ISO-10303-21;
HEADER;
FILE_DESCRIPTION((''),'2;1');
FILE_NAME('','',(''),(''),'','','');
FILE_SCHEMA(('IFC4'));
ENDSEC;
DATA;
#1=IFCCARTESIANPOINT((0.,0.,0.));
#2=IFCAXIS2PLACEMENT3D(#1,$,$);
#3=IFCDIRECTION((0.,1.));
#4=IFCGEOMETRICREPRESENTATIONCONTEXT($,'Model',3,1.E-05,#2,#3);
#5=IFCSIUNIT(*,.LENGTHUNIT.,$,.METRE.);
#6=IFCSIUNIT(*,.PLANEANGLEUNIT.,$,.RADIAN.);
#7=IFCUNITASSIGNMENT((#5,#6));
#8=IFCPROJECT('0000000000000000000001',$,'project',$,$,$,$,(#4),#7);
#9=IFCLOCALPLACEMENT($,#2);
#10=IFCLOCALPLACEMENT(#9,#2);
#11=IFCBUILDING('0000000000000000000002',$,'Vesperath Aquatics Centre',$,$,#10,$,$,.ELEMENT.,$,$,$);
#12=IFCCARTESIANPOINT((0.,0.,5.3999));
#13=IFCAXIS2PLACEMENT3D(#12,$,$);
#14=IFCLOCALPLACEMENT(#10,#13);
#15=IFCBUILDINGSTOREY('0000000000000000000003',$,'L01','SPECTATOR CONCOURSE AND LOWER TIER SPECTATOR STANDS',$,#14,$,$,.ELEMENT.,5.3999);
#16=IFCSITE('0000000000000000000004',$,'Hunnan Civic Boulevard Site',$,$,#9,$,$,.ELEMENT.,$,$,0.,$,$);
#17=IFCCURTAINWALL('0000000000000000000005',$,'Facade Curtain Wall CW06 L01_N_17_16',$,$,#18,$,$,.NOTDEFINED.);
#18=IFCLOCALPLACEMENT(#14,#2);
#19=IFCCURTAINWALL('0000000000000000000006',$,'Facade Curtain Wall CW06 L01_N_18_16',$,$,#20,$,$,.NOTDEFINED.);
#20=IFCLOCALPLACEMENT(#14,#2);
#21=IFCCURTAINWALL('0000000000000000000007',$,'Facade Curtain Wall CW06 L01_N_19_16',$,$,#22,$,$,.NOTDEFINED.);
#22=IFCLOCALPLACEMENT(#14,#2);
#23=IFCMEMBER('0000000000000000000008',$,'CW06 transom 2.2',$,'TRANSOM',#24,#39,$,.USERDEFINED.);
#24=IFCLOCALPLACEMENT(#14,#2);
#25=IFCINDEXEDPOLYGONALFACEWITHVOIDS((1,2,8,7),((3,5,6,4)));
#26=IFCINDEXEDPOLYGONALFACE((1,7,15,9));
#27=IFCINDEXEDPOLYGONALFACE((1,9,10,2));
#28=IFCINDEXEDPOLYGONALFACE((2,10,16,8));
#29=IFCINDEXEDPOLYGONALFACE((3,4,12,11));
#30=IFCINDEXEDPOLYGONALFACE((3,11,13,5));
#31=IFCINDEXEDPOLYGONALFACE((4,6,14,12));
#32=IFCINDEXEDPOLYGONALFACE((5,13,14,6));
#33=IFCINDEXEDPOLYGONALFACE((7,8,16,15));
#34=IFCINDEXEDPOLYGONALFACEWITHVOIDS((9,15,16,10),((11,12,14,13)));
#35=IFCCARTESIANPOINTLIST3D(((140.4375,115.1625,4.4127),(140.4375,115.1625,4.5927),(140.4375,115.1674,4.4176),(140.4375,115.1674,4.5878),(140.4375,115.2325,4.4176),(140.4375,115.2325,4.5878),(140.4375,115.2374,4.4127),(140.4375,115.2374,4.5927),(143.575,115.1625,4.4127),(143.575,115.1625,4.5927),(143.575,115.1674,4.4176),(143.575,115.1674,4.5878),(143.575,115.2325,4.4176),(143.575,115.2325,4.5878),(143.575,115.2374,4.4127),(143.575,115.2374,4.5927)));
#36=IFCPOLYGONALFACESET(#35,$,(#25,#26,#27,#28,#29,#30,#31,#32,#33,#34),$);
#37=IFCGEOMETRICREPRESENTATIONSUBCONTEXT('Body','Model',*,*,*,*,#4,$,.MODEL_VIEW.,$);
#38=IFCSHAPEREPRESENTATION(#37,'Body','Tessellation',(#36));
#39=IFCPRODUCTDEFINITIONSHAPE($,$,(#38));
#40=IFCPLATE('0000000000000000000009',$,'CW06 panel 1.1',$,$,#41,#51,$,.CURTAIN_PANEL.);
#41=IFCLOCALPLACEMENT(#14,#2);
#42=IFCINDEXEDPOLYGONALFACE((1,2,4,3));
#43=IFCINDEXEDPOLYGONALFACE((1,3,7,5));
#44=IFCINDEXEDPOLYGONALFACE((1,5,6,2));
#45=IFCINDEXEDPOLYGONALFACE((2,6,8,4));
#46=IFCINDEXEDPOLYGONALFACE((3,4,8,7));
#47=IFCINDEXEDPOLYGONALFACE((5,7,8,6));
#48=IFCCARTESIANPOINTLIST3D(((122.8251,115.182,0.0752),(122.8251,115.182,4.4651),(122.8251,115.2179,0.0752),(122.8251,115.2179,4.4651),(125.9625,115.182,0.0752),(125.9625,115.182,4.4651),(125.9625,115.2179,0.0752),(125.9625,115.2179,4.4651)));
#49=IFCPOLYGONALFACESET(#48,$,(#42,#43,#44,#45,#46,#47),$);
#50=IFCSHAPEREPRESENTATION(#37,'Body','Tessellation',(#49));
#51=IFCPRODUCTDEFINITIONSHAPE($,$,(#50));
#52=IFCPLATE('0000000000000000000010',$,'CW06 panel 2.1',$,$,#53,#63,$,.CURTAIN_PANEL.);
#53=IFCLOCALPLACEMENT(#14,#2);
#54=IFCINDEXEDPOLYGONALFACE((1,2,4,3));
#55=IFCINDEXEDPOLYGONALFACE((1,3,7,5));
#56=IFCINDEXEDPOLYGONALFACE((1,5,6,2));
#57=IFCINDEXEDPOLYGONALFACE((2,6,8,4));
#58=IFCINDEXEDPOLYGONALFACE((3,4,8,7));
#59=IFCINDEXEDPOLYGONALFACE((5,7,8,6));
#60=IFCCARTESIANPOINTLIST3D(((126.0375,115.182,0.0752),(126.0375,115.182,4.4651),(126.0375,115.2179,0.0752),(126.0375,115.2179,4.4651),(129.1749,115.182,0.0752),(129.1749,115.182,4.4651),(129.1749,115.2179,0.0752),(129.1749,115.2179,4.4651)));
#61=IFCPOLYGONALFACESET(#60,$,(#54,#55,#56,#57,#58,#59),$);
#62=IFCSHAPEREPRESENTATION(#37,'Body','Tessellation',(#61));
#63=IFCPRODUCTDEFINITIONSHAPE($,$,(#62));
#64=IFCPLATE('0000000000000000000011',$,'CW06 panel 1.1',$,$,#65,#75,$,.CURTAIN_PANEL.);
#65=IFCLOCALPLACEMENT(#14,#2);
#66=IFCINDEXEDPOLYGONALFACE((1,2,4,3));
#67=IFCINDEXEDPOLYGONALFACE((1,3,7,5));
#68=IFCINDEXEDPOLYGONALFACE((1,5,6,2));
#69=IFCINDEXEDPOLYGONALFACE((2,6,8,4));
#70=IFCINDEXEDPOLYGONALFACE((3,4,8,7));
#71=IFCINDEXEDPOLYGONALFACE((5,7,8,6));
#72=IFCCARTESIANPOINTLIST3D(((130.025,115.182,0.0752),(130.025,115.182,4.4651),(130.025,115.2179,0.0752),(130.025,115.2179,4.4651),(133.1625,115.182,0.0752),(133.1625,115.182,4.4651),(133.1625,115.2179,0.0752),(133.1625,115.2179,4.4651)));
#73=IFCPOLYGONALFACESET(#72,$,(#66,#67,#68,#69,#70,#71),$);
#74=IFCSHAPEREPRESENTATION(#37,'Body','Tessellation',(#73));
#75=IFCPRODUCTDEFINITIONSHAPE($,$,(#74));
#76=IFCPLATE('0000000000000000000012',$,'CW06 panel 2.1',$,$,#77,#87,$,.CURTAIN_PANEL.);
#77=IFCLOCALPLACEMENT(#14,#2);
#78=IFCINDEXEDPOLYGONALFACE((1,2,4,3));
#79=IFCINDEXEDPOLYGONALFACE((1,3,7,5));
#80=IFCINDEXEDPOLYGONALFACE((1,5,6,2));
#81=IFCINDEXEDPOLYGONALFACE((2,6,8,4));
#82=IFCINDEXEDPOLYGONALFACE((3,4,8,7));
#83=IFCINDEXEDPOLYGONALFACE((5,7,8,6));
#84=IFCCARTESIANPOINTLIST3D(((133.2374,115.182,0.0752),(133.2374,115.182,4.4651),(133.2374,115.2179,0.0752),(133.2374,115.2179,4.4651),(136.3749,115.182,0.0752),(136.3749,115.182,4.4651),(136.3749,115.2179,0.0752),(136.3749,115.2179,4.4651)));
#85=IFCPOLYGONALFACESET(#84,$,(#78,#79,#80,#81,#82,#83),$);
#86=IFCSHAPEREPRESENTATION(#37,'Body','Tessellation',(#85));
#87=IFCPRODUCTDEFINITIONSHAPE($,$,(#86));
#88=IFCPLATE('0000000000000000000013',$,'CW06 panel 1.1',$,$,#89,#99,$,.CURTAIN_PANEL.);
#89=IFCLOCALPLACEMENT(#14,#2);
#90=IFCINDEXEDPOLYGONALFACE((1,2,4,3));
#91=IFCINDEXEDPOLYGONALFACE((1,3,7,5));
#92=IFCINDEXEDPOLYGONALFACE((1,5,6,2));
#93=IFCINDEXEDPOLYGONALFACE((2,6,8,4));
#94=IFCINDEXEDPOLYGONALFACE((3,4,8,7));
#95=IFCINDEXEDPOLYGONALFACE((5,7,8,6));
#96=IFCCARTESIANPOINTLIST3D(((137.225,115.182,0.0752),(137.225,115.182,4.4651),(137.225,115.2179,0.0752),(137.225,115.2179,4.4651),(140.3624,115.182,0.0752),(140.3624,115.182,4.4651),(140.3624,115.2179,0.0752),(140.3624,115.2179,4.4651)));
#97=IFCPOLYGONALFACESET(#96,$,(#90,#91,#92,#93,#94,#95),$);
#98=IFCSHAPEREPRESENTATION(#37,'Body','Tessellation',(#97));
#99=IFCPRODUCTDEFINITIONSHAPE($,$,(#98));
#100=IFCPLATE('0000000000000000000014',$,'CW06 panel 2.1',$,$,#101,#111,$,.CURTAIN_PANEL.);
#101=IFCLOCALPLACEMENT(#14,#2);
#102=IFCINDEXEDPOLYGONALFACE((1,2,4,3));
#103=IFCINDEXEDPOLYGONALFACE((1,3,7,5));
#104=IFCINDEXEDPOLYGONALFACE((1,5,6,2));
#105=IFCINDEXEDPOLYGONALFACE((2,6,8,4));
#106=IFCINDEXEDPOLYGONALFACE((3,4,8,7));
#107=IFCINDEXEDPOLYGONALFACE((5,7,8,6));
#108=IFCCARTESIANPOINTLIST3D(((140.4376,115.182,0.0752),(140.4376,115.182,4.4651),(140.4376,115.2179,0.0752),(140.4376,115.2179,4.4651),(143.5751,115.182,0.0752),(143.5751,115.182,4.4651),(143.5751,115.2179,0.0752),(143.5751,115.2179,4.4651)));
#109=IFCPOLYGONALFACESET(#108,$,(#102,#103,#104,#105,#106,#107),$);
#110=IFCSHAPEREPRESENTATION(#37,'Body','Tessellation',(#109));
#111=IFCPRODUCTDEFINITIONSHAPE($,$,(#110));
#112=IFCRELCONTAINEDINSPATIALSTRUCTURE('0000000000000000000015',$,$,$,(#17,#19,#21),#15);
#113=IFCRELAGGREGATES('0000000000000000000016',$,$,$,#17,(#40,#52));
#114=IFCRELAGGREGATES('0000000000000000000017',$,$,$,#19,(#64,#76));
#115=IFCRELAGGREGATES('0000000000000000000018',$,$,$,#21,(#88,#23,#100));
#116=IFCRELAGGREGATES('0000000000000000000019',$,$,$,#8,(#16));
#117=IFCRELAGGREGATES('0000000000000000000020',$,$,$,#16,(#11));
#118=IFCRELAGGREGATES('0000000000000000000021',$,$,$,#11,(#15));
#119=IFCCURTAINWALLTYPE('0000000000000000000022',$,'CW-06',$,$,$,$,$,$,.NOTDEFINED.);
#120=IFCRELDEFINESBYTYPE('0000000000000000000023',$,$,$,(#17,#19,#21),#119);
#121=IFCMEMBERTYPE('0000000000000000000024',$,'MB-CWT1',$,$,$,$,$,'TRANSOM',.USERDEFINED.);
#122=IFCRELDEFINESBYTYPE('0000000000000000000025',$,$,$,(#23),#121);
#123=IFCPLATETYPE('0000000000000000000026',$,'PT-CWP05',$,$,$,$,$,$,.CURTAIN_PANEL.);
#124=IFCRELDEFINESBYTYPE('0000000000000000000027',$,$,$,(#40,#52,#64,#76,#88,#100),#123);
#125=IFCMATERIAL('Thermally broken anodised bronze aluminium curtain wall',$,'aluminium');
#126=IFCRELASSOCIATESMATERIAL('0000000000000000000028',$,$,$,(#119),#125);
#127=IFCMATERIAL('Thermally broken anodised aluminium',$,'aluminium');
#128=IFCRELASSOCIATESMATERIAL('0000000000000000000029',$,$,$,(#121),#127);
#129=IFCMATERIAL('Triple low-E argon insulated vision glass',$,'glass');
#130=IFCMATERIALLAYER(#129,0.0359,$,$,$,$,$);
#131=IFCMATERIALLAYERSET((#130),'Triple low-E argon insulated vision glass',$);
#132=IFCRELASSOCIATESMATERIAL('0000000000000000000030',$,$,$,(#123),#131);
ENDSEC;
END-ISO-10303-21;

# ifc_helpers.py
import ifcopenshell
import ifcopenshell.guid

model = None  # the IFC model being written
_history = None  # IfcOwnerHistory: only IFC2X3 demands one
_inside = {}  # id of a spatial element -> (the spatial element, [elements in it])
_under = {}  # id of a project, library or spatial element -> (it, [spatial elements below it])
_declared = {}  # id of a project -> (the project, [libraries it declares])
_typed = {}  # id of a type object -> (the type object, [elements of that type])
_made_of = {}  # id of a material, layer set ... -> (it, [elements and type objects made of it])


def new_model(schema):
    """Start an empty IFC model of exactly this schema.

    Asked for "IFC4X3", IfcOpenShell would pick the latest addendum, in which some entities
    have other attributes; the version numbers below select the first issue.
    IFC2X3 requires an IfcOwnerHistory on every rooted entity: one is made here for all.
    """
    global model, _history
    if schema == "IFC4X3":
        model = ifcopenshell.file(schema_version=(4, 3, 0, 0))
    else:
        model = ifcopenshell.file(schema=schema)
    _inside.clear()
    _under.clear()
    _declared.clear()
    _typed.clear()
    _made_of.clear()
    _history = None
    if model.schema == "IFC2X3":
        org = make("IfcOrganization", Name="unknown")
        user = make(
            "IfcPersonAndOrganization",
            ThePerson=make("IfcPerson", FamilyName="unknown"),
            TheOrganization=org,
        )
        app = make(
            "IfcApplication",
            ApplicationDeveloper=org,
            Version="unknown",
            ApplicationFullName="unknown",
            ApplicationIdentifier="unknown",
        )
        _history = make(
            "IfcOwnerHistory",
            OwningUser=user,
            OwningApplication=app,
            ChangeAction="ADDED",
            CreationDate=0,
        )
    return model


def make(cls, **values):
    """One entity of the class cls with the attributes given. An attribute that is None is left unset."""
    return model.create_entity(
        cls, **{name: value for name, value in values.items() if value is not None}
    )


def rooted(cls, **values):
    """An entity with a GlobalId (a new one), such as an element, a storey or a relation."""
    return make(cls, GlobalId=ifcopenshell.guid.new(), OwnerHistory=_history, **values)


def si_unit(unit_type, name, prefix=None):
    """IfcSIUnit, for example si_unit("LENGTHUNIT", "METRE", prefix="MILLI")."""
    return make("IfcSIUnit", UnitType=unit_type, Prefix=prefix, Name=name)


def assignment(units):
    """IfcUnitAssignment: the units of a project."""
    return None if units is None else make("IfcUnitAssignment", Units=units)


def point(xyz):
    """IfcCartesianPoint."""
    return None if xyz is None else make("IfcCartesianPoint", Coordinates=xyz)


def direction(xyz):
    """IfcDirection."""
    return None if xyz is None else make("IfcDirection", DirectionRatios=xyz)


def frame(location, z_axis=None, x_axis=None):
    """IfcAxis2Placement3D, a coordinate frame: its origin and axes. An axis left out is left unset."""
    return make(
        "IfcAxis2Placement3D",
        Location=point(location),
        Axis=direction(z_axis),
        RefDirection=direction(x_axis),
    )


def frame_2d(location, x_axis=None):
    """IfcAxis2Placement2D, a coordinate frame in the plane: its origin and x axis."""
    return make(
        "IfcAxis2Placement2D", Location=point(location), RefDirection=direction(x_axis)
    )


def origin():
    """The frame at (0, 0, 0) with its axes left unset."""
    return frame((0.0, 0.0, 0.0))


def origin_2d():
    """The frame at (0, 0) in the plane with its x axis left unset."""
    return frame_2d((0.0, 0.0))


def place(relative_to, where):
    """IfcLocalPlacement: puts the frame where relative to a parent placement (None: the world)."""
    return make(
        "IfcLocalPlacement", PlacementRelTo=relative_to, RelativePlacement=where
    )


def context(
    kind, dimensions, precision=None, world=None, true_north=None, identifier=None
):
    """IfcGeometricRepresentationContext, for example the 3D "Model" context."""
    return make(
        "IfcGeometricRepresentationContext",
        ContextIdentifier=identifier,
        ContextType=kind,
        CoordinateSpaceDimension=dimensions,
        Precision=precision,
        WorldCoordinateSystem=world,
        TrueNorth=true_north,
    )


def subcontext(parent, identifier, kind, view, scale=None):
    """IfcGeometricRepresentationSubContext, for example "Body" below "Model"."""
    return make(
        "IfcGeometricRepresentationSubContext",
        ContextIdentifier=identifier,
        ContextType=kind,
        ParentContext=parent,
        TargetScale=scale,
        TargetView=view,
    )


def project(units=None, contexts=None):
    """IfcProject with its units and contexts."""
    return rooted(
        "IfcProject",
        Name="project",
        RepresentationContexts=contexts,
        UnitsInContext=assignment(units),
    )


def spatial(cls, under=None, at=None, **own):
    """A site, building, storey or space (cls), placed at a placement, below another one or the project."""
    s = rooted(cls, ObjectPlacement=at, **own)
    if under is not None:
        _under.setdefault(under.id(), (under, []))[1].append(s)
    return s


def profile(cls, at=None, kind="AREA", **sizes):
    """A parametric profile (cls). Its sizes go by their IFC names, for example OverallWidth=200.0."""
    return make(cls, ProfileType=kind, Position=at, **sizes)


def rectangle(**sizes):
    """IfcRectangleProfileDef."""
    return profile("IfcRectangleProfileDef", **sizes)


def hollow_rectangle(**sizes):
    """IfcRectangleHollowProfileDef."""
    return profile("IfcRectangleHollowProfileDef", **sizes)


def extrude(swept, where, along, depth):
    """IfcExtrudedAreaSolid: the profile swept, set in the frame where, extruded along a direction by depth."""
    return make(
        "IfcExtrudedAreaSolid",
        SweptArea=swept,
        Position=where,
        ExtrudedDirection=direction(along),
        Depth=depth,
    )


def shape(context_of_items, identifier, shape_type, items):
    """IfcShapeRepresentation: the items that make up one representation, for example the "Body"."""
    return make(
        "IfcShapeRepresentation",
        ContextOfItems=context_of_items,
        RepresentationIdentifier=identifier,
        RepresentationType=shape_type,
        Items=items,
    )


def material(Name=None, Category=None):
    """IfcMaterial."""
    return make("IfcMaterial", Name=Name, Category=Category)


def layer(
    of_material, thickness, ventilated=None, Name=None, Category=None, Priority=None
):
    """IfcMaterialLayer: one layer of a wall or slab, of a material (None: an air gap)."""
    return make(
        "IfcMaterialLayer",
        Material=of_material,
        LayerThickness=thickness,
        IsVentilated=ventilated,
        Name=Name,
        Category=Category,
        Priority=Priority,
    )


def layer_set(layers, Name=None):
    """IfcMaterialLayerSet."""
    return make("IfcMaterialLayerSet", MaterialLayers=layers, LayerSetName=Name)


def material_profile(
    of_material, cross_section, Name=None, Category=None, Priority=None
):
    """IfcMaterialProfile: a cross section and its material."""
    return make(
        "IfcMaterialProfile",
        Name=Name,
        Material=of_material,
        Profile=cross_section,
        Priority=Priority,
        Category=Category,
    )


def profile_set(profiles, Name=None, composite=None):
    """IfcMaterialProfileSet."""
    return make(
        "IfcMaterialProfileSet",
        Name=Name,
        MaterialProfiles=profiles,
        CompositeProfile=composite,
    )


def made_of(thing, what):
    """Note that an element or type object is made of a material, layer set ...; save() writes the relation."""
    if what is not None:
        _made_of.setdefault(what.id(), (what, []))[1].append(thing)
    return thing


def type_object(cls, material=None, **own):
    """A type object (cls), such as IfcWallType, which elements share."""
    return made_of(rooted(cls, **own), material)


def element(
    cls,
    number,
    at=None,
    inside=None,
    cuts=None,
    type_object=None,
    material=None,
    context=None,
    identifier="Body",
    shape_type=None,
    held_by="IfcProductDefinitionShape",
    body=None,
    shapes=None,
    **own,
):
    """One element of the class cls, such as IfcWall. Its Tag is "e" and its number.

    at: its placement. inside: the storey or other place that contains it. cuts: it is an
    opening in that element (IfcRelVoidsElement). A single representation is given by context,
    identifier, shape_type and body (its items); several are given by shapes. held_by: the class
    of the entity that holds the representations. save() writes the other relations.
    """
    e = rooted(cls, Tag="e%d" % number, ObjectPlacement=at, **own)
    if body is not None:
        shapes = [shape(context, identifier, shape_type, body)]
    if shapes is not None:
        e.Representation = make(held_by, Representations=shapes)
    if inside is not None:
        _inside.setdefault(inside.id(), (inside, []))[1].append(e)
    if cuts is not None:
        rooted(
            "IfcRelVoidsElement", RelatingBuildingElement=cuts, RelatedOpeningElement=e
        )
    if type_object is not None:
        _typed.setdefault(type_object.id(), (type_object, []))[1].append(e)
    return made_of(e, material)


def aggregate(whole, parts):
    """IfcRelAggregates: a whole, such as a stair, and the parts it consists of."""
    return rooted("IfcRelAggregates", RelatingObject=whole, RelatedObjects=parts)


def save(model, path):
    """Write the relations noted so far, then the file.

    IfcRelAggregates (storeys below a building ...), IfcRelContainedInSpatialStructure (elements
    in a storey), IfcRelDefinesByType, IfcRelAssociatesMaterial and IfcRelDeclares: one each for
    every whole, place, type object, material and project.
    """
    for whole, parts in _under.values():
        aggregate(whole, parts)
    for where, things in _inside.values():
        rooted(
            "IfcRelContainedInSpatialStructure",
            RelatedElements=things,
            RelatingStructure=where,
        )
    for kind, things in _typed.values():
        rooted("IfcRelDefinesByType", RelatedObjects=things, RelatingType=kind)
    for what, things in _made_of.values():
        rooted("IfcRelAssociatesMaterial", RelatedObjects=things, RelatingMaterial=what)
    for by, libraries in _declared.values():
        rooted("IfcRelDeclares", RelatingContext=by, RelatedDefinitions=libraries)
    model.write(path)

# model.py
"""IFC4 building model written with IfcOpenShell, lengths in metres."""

from ifc_helpers import new_model, si_unit, direction, frame, origin, origin_2d, place, context, subcontext, project, spatial, rectangle, hollow_rectangle, extrude, material, layer, layer_set, material_profile, profile_set, type_object, element, aggregate, save


model = new_model("IFC4")

# Units and contexts
model_context = context("Model", 3, precision=1e-05, world=origin(), true_north=direction((0.0, 1.0)))
body_context = subcontext(model_context, "Body", "Model", "MODEL_VIEW")
ifc_project = project(units=[si_unit("LENGTHUNIT", "METRE"), si_unit("PLANEANGLEUNIT", "RADIAN")], contexts=[model_context])

# Site, building, storey
site_placement = place(None, origin())
site = spatial("IfcSite", under=ifc_project, at=site_placement, Name="Hunnan Civic Boulevard Site", CompositionType="ELEMENT", RefElevation=0.0)
building_placement = place(site_placement, origin())
building = spatial("IfcBuilding", under=site, at=building_placement, Name="Vesperath Aquatics Centre", CompositionType="ELEMENT")
storey_placement = place(building_placement, frame((0.0, 0.0, 5.3999)))
storey = spatial("IfcBuildingStorey", under=building, at=storey_placement, Name="L01", Description="SPECTATOR CONCOURSE AND LOWER TIER SPECTATOR STANDS", CompositionType="ELEMENT", Elevation=5.3999)

# Curtain walls
ifc_material_1 = material(Name="Thermally broken anodised bronze aluminium curtain wall", Category="aluminium")
curtain_wall_type = type_object("IfcCurtainWallType", Name="CW-06", PredefinedType="NOTDEFINED", material=ifc_material_1)
curtain_wall_1_placement = place(storey_placement, origin())
curtain_wall_1 = element("IfcCurtainWall", 1, at=curtain_wall_1_placement, inside=storey, type_object=curtain_wall_type, Name="Facade Curtain Wall CW06 L01_N_17_16", PredefinedType="NOTDEFINED")
ifc_material_2 = material(Name="Thermally broken anodised aluminium", Category="aluminium")
curtain_wall_2_placement = place(storey_placement, origin())
curtain_wall_2 = element("IfcCurtainWall", 2, at=curtain_wall_2_placement, inside=storey, type_object=curtain_wall_type, Name="Facade Curtain Wall CW06 L01_N_18_16", PredefinedType="NOTDEFINED")
curtain_wall_3_placement = place(storey_placement, origin())
curtain_wall_3 = element("IfcCurtainWall", 3, at=curtain_wall_3_placement, inside=storey, type_object=curtain_wall_type, Name="Facade Curtain Wall CW06 L01_N_19_16", PredefinedType="NOTDEFINED")

# Member
ifc_material_profile_1 = material_profile(ifc_material_2, hollow_rectangle(XDim=0.075, YDim=0.1799, WallThickness=0.0049, at=origin_2d()), Name="CWT 75x180x5")
ifc_profile_set_1 = profile_set([ifc_material_profile_1], Name="Thermally broken anodised aluminium")
member_type_1 = type_object("IfcMemberType", Name="MB-CWT1", ElementType="TRANSOM", PredefinedType="USERDEFINED", material=ifc_profile_set_1)
member_1_placement = place(storey_placement, frame((140.4375, 115.2, 4.5027), z_axis=(1.0, 0.0, 0.0), x_axis=(0.0, 1.0, 0.0)))
member_1 = element("IfcMember", 4, at=member_1_placement, type_object=member_type_1, Name="CW06 transom 2.2", ObjectType="TRANSOM", PredefinedType="USERDEFINED", context=body_context, shape_type="SweptSolid", body=[
    extrude(hollow_rectangle(XDim=0.075, YDim=0.1799, WallThickness=0.0049, at=origin_2d()), origin(), (0.0, 0.0, 1.0), 3.1375),
])

# Plates
ifc_material_3 = material(Name="Triple low-E argon insulated vision glass", Category="glass")
ifc_layer = layer(ifc_material_3, 0.0359)
ifc_layer_set = layer_set([ifc_layer], Name="Triple low-E argon insulated vision glass")
plate_type = type_object("IfcPlateType", Name="PT-CWP05", PredefinedType="CURTAIN_PANEL", material=ifc_layer_set)
plate_1_placement = place(storey_placement, frame((124.3938, 115.2, 0.0752), z_axis=(0.0, 0.0, 1.0), x_axis=(1.0, 0.0, 0.0)))
plate_1 = element("IfcPlate", 5, at=plate_1_placement, type_object=plate_type, Name="CW06 panel 1.1", PredefinedType="CURTAIN_PANEL", context=body_context, shape_type="SweptSolid", body=[
    extrude(rectangle(XDim=3.1375, YDim=0.0359, at=origin_2d()), origin(), (0.0, 0.0, 1.0), 4.3899),
])
plate_2_placement = place(storey_placement, frame((127.6062, 115.2, 0.0752), z_axis=(0.0, 0.0, 1.0), x_axis=(1.0, 0.0, 0.0)))
plate_2 = element("IfcPlate", 6, at=plate_2_placement, type_object=plate_type, Name="CW06 panel 2.1", PredefinedType="CURTAIN_PANEL", context=body_context, shape_type="SweptSolid", body=[
    extrude(rectangle(XDim=3.1375, YDim=0.0359, at=origin_2d()), origin(), (0.0, 0.0, 1.0), 4.3899),
])
aggregate(curtain_wall_1, [plate_1, plate_2])
plate_3_placement = place(storey_placement, frame((131.5938, 115.2, 0.0752), z_axis=(0.0, 0.0, 1.0), x_axis=(1.0, 0.0, 0.0)))
plate_3 = element("IfcPlate", 7, at=plate_3_placement, type_object=plate_type, Name="CW06 panel 1.1", PredefinedType="CURTAIN_PANEL", context=body_context, shape_type="SweptSolid", body=[
    extrude(rectangle(XDim=3.1375, YDim=0.0359, at=origin_2d()), origin(), (0.0, 0.0, 1.0), 4.3899),
])
plate_4_placement = place(storey_placement, frame((134.8062, 115.2, 0.0752), z_axis=(0.0, 0.0, 1.0), x_axis=(1.0, 0.0, 0.0)))
plate_4 = element("IfcPlate", 8, at=plate_4_placement, type_object=plate_type, Name="CW06 panel 2.1", PredefinedType="CURTAIN_PANEL", context=body_context, shape_type="SweptSolid", body=[
    extrude(rectangle(XDim=3.1375, YDim=0.0359, at=origin_2d()), origin(), (0.0, 0.0, 1.0), 4.3899),
])
aggregate(curtain_wall_2, [plate_3, plate_4])
plate_5_placement = place(storey_placement, frame((138.7937, 115.2, 0.0752), z_axis=(0.0, 0.0, 1.0), x_axis=(1.0, 0.0, 0.0)))
plate_5 = element("IfcPlate", 9, at=plate_5_placement, type_object=plate_type, Name="CW06 panel 1.1", PredefinedType="CURTAIN_PANEL", context=body_context, shape_type="SweptSolid", body=[
    extrude(rectangle(XDim=3.1375, YDim=0.0359, at=origin_2d()), origin(), (0.0, 0.0, 1.0), 4.3899),
])
plate_6_placement = place(storey_placement, frame((142.0063, 115.2, 0.0752), z_axis=(0.0, 0.0, 1.0), x_axis=(1.0, 0.0, 0.0)))
plate_6 = element("IfcPlate", 10, at=plate_6_placement, type_object=plate_type, Name="CW06 panel 2.1", PredefinedType="CURTAIN_PANEL", context=body_context, shape_type="SweptSolid", body=[
    extrude(rectangle(XDim=3.1375, YDim=0.0359, at=origin_2d()), origin(), (0.0, 0.0, 1.0), 4.3899),
])
aggregate(curtain_wall_3, [plate_5, member_1, plate_6])

save(model, "model.ifc")
